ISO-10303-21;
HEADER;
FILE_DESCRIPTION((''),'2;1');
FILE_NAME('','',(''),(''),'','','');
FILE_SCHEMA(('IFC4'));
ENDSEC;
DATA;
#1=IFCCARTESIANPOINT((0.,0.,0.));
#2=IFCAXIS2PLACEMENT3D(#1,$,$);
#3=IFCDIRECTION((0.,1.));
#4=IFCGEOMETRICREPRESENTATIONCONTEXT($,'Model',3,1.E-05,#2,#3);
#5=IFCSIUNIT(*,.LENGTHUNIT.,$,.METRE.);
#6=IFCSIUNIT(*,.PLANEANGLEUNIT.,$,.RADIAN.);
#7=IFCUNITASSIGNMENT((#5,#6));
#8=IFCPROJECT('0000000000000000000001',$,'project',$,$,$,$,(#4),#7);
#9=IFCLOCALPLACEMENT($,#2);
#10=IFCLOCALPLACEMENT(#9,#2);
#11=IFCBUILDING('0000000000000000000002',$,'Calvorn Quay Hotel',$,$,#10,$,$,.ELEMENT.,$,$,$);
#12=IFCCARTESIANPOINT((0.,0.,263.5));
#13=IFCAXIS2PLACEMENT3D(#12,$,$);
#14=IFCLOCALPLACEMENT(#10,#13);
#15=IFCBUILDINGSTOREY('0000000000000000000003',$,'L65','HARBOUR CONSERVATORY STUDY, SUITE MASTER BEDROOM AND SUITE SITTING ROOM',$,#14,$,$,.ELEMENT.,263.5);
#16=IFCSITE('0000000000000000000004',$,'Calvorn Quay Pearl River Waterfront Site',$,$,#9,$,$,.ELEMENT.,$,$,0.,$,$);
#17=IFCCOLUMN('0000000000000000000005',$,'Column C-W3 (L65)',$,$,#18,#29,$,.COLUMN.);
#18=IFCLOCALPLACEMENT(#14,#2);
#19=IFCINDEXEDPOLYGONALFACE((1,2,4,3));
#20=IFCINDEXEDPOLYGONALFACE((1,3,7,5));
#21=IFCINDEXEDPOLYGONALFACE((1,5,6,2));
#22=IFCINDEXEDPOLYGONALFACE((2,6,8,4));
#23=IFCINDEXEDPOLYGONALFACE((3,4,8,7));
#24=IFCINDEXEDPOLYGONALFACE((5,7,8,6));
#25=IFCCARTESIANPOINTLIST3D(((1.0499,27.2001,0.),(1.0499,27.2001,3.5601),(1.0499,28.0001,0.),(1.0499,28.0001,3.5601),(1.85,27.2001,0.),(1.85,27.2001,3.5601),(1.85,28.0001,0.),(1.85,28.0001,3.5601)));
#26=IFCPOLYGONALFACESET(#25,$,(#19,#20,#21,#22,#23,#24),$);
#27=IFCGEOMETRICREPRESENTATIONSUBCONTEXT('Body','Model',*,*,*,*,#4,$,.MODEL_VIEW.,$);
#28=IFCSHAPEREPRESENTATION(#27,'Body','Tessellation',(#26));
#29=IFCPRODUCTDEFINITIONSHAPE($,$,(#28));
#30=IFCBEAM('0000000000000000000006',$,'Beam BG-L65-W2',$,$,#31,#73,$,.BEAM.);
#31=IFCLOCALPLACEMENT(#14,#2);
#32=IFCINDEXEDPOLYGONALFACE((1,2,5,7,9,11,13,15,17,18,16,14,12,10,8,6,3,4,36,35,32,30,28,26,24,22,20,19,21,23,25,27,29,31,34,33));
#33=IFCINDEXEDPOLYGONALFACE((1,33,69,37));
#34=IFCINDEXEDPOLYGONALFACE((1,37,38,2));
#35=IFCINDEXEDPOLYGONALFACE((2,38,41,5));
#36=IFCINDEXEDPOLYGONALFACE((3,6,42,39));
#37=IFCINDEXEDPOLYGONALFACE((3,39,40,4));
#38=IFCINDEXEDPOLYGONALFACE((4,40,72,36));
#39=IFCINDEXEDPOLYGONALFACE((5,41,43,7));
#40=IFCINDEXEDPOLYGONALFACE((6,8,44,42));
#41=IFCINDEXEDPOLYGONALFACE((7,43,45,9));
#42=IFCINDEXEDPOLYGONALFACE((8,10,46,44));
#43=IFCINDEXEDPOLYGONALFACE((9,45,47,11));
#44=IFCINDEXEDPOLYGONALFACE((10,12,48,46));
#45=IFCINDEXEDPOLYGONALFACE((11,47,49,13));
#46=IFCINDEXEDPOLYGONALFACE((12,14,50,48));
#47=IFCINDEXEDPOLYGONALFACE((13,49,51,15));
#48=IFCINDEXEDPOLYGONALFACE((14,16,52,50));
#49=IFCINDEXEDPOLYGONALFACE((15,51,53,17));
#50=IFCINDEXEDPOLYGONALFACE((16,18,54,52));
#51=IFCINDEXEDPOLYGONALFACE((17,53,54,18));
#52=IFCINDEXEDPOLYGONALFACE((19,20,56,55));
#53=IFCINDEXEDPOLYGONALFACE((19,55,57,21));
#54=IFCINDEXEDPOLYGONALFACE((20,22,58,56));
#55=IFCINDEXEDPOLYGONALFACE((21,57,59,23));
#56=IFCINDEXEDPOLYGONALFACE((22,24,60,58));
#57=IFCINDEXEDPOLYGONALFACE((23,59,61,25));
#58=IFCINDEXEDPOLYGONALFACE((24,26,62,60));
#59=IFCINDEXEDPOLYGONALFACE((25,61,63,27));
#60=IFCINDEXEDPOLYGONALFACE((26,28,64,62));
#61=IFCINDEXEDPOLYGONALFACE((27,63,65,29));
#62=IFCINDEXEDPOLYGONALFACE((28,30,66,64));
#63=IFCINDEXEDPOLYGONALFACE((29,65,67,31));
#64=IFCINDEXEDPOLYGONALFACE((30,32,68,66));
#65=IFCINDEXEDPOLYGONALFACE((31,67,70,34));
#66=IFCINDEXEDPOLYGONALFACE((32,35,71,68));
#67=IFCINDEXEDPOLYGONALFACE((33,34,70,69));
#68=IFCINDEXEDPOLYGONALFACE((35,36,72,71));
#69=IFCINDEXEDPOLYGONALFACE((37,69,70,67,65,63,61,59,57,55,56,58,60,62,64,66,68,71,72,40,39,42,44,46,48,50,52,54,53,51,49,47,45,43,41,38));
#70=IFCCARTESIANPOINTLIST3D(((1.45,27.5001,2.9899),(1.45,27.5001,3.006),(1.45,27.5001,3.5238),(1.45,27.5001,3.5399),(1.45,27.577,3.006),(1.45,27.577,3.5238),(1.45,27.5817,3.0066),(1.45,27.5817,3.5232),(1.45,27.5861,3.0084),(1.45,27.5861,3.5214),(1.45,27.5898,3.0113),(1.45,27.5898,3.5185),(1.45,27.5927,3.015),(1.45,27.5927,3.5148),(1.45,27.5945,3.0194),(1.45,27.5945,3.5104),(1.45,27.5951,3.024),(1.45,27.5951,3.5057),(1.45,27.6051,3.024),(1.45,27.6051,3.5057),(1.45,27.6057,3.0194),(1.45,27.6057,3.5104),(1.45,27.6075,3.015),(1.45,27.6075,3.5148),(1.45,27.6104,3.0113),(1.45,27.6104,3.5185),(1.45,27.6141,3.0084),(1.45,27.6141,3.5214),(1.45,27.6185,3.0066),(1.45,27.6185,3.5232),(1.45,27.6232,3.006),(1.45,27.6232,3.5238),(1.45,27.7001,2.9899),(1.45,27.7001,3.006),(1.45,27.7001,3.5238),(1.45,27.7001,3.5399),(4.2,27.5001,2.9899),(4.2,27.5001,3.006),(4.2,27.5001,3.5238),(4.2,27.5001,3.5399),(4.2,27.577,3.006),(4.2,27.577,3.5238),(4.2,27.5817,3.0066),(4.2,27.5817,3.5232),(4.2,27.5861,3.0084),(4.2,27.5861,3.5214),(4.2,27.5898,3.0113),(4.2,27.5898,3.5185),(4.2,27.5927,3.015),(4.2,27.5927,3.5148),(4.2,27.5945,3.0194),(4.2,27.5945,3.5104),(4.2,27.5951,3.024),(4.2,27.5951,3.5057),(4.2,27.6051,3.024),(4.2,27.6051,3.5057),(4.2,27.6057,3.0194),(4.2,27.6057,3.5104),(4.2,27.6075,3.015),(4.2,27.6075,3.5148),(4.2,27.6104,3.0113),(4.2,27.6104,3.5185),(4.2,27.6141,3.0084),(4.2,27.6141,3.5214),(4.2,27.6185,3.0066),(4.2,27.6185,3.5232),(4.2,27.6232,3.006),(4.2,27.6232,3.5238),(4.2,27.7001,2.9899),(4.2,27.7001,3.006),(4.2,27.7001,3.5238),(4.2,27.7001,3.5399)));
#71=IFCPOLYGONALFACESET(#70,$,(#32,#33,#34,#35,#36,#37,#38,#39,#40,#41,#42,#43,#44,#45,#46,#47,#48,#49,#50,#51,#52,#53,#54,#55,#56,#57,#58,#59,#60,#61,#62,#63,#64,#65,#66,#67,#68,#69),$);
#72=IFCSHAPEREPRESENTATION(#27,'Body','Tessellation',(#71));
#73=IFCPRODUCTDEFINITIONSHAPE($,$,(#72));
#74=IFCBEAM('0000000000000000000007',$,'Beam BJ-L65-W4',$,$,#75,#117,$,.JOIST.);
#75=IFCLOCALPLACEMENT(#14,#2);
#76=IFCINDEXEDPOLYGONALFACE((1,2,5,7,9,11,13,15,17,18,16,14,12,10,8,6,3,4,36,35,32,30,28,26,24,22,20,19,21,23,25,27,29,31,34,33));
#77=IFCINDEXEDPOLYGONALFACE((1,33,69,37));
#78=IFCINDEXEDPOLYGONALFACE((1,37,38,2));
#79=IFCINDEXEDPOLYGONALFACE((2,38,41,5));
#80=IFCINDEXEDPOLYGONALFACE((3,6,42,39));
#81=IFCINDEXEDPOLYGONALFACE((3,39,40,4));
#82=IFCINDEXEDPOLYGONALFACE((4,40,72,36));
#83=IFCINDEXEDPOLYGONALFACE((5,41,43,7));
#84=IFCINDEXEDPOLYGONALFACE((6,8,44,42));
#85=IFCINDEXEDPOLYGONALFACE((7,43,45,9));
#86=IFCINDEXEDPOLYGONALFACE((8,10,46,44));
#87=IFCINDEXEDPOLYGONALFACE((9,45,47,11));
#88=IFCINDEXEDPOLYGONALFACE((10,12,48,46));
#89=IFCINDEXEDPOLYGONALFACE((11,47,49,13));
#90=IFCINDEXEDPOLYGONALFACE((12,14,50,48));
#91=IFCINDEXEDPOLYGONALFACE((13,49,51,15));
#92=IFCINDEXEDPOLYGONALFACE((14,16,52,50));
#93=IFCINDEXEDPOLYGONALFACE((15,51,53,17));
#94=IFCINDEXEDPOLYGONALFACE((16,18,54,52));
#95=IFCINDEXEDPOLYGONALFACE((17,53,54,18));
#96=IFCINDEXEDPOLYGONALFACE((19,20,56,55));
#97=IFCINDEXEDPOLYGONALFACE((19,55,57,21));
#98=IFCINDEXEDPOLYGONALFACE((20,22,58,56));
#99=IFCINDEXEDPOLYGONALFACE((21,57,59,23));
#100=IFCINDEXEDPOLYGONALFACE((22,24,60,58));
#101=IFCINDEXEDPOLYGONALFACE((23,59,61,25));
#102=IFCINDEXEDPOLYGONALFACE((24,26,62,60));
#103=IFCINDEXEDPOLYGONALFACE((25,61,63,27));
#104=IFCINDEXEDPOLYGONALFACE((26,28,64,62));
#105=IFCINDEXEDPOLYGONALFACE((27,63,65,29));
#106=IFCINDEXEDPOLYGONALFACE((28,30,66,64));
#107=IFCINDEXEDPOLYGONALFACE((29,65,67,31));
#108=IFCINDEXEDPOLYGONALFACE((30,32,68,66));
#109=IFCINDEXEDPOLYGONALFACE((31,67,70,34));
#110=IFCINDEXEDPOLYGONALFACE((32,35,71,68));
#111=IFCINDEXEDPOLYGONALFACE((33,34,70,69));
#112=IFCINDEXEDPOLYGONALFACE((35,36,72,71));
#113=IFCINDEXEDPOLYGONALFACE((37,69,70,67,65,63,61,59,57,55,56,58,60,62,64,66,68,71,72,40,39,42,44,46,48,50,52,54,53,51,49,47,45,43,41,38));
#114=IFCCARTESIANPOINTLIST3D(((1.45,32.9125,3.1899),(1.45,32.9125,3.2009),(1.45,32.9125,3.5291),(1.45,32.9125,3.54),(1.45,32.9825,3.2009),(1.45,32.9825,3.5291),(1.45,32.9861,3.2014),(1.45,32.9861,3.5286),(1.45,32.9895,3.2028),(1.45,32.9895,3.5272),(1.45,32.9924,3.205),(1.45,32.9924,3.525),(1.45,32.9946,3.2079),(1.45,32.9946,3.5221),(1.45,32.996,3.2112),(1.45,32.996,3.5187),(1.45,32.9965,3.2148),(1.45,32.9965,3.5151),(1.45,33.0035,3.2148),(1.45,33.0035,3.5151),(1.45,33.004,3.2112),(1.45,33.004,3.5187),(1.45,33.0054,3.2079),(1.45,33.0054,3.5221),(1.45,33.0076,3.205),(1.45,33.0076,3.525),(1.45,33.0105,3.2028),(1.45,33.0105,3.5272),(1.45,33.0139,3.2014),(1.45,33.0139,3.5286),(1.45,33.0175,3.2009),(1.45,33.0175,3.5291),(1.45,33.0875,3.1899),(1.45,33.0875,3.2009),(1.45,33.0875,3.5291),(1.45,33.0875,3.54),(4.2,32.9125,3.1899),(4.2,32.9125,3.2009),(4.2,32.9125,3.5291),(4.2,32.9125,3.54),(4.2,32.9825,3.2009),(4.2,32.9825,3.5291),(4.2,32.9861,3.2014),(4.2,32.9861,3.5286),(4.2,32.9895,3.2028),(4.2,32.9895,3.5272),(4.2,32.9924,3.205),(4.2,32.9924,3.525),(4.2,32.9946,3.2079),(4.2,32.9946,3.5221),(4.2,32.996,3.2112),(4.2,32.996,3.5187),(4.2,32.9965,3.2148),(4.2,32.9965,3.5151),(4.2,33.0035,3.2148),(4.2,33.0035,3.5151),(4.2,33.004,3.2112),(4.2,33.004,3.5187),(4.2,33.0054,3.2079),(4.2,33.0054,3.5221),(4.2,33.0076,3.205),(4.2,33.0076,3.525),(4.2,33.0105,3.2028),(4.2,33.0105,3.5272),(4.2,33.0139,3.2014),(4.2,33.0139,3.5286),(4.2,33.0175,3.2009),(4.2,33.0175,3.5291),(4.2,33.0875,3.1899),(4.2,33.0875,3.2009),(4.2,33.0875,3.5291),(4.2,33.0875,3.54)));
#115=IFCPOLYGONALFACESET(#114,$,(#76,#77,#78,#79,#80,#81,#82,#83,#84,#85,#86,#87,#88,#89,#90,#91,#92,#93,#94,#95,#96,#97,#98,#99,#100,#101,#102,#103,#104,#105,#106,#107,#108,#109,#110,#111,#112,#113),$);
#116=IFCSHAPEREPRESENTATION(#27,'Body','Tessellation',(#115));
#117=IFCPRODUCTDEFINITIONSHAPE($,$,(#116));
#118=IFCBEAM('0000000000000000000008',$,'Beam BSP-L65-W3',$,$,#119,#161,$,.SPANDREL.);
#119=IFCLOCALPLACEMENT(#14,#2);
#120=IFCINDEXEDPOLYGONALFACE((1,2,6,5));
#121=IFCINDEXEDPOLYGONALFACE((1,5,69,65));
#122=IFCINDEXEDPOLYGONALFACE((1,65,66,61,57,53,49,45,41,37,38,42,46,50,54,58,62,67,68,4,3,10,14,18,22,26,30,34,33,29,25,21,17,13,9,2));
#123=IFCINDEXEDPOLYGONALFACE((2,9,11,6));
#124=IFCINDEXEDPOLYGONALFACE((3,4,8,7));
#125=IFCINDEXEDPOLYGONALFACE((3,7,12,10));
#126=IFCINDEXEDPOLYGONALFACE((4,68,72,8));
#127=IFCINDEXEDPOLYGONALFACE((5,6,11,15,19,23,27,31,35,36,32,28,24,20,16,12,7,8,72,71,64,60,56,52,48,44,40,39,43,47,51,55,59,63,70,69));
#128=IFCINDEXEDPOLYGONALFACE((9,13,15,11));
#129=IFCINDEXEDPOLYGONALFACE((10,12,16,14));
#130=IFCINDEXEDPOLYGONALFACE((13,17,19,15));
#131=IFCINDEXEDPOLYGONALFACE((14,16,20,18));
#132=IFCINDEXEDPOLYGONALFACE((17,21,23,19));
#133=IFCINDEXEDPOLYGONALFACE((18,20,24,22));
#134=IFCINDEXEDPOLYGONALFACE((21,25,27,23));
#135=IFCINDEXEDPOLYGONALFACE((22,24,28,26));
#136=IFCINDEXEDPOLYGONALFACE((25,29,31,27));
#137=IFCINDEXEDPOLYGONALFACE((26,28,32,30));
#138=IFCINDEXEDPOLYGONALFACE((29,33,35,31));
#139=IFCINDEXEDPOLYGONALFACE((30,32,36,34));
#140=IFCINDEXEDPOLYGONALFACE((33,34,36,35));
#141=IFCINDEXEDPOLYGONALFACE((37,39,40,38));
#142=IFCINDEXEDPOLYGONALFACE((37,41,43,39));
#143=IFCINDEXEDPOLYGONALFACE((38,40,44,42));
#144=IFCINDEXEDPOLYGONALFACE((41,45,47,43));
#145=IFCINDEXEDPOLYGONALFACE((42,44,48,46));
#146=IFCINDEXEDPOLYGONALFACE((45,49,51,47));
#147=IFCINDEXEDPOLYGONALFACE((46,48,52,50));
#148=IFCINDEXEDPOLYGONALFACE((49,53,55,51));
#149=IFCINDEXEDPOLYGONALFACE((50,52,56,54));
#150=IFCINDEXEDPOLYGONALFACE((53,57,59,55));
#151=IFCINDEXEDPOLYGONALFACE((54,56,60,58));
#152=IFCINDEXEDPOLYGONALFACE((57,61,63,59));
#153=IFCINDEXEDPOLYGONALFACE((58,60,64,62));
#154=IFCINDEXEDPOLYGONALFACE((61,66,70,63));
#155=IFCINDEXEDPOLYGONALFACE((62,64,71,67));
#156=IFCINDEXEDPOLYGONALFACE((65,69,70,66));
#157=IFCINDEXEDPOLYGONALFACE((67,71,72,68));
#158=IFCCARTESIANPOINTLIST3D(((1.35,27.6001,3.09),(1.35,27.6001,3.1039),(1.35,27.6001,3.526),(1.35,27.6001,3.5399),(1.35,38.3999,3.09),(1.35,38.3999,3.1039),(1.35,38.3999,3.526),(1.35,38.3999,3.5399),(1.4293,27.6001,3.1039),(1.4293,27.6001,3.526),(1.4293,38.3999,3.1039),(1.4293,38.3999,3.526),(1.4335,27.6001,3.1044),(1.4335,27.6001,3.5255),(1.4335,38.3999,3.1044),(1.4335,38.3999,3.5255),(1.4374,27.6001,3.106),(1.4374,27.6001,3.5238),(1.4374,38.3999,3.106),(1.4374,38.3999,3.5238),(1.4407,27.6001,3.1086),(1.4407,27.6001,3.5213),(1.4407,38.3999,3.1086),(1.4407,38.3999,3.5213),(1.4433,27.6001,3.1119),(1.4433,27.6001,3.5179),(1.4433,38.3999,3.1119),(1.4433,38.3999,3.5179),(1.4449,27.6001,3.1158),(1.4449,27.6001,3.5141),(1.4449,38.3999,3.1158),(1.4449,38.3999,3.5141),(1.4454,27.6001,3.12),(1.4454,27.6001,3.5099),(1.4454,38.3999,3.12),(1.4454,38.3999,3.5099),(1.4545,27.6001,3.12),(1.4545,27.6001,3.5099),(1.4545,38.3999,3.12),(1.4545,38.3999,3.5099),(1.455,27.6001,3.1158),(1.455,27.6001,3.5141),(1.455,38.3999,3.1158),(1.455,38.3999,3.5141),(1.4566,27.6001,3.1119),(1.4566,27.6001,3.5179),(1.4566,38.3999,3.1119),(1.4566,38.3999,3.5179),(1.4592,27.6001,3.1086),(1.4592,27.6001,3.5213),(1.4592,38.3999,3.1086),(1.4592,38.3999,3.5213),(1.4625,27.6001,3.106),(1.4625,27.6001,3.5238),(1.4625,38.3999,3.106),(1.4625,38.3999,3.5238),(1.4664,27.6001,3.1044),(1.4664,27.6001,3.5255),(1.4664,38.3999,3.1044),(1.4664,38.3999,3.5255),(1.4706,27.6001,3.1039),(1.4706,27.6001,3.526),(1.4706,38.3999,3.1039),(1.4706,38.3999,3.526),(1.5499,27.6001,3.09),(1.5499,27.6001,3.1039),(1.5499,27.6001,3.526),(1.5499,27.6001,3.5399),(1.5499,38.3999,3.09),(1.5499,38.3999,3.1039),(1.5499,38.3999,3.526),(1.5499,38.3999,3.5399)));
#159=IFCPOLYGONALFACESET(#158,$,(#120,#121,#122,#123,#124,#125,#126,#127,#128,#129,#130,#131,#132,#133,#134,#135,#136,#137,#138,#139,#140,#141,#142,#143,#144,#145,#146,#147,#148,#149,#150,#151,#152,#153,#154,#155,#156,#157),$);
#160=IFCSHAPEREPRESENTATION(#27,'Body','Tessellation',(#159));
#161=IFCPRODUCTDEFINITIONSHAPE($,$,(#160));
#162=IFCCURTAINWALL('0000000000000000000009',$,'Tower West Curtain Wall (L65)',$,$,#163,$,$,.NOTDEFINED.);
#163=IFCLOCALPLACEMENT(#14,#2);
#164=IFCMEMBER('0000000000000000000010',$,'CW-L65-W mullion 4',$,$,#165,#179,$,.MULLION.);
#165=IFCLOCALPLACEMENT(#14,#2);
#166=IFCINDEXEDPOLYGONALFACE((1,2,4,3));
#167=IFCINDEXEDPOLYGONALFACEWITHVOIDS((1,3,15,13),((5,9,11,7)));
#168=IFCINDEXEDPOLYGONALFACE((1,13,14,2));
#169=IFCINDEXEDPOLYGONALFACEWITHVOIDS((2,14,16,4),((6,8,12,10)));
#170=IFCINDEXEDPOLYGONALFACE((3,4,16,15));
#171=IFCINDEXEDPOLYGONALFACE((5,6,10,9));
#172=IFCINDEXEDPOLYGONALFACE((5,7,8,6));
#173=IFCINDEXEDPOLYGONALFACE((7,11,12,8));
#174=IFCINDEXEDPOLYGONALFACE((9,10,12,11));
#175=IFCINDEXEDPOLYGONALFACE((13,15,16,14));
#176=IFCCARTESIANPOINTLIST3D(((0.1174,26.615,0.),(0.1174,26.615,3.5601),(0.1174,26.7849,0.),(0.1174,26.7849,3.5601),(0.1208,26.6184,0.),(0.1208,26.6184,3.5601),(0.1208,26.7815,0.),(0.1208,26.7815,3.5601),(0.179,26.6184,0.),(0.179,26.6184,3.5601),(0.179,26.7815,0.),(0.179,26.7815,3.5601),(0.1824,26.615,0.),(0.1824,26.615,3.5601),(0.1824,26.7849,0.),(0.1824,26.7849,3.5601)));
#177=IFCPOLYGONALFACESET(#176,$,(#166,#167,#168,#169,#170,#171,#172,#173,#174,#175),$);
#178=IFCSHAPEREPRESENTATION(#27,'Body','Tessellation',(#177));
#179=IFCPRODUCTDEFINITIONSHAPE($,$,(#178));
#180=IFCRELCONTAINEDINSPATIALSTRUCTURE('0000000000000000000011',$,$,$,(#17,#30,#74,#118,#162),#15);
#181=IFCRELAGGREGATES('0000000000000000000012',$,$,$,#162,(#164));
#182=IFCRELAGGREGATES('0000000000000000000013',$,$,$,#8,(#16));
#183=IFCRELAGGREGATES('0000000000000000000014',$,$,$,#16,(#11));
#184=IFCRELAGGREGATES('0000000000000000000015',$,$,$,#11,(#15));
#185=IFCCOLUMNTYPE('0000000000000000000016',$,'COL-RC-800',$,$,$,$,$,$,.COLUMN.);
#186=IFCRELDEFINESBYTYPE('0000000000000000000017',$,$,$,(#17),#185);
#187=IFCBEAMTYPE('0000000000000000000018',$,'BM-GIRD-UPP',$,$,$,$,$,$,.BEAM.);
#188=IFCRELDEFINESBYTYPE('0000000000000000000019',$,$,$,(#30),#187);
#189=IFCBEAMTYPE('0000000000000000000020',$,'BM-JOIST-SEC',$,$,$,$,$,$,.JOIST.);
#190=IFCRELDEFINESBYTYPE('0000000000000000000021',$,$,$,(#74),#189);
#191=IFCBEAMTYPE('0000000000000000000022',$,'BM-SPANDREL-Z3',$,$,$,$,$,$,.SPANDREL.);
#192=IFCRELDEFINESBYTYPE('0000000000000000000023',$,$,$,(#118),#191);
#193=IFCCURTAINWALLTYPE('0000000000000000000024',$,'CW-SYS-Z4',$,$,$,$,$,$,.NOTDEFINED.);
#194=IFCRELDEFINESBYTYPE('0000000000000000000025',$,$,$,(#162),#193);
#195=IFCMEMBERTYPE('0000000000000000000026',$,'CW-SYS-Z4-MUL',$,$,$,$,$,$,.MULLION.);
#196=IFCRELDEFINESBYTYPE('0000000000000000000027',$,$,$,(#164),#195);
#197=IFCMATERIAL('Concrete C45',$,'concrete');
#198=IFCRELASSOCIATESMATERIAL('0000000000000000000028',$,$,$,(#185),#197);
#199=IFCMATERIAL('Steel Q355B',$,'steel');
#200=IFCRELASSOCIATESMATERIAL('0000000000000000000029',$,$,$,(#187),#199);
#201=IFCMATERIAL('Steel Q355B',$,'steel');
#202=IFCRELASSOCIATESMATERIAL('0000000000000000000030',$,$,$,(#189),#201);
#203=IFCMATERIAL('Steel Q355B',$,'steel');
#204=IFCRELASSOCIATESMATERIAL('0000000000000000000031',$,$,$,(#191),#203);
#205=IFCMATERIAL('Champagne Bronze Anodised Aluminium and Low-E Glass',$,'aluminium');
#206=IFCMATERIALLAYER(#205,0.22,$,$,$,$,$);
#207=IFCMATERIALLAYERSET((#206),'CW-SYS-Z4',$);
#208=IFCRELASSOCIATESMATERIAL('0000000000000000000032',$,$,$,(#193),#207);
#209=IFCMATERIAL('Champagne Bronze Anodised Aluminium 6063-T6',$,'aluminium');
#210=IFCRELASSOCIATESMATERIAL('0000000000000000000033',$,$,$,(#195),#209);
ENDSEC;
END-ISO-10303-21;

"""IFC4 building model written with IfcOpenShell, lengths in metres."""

from ifc_helpers import new_model, si_unit, direction, frame, origin, origin_2d, place, context, subcontext, project, spatial, rectangle, hollow_rectangle, i_section, extrude, material, layer, layer_set, material_profile, profile_set, type_object, element, aggregate, save


model = new_model("IFC4")

# Units and contexts
model_context = context("Model", 3, precision=1e-05, world=origin(), true_north=direction((0.0, 1.0)))
body_context = subcontext(model_context, "Body", "Model", "MODEL_VIEW")
ifc_project = project(units=[si_unit("LENGTHUNIT", "METRE"), si_unit("PLANEANGLEUNIT", "RADIAN")], contexts=[model_context])

# Site, building, storey
site_placement = place(None, origin())
site = spatial("IfcSite", under=ifc_project, at=site_placement, Name="Calvorn Quay Pearl River Waterfront Site", CompositionType="ELEMENT", RefElevation=0.0)
building_placement = place(site_placement, origin())
building = spatial("IfcBuilding", under=site, at=building_placement, Name="Calvorn Quay Hotel", CompositionType="ELEMENT")
storey_placement = place(building_placement, frame((0.0, 0.0, 263.5)))
storey = spatial("IfcBuildingStorey", under=building, at=storey_placement, Name="L65", Description="HARBOUR CONSERVATORY STUDY, SUITE MASTER BEDROOM AND SUITE SITTING ROOM", CompositionType="ELEMENT", Elevation=263.5)

# Column
ifc_material_1 = material(Name="Concrete C45", Category="concrete")
ifc_material_profile_1 = material_profile(ifc_material_1, rectangle(XDim=0.8, YDim=0.8, at=origin_2d()), Name="RC800x800")
ifc_profile_set_1 = profile_set([ifc_material_profile_1], Name="Concrete C45")
column_type = type_object("IfcColumnType", Name="COL-RC-800", PredefinedType="COLUMN", material=ifc_profile_set_1)
column_placement = place(storey_placement, frame((1.45, 27.6001, 0.0), z_axis=(0.0, 0.0, 1.0), x_axis=(1.0, 0.0, 0.0)))
element("IfcColumn", 1, at=column_placement, inside=storey, type_object=column_type, Name="Column C-W3 (L65)", PredefinedType="COLUMN", context=body_context, shape_type="SweptSolid", body=[
    extrude(rectangle(XDim=0.8, YDim=0.8, at=origin_2d()), origin(), (0.0, 0.0, 1.0), 3.5601),
])

# Beams
ifc_material_2 = material(Name="Steel Q355B", Category="steel")
ifc_material_profile_2 = material_profile(ifc_material_2, i_section(OverallWidth=0.2, OverallDepth=0.55, WebThickness=0.01, FlangeThickness=0.0161, FilletRadius=0.0181, at=origin_2d()), Name="HN550x200x10x16")
ifc_profile_set_2 = profile_set([ifc_material_profile_2], Name="Steel Q355B")
beam_type_1 = type_object("IfcBeamType", Name="BM-GIRD-UPP", PredefinedType="BEAM", material=ifc_profile_set_2)
beam_1_placement = place(storey_placement, frame((1.45, 27.6001, 3.2649), z_axis=(1.0, 0.0, 0.0), x_axis=(0.0, 1.0, 0.0)))
element("IfcBeam", 2, at=beam_1_placement, inside=storey, type_object=beam_type_1, Name="Beam BG-L65-W2", PredefinedType="BEAM", context=body_context, shape_type="SweptSolid", body=[
    extrude(i_section(OverallWidth=0.2, OverallDepth=0.55, WebThickness=0.01, FlangeThickness=0.0161, FilletRadius=0.0181, at=origin_2d()), origin(), (0.0, 0.0, 1.0), 2.75),
])
ifc_material_3 = material(Name="Steel Q355B", Category="steel")
ifc_material_profile_3 = material_profile(ifc_material_3, i_section(OverallWidth=0.175, OverallDepth=0.3501, WebThickness=0.0071, FlangeThickness=0.011, FilletRadius=0.0139, at=origin_2d()), Name="HN350x175x7x11")
ifc_profile_set_3 = profile_set([ifc_material_profile_3], Name="Steel Q355B")
beam_type_2 = type_object("IfcBeamType", Name="BM-JOIST-SEC", PredefinedType="JOIST", material=ifc_profile_set_3)
beam_2_placement = place(storey_placement, frame((1.45, 33.0, 3.365), z_axis=(1.0, 0.0, 0.0), x_axis=(0.0, 1.0, 0.0)))
element("IfcBeam", 3, at=beam_2_placement, inside=storey, type_object=beam_type_2, Name="Beam BJ-L65-W4", PredefinedType="JOIST", context=body_context, shape_type="SweptSolid", body=[
    extrude(i_section(OverallWidth=0.175, OverallDepth=0.3501, WebThickness=0.0071, FlangeThickness=0.011, FilletRadius=0.0139, at=origin_2d()), origin(), (0.0, 0.0, 1.0), 2.75),
])
ifc_material_4 = material(Name="Steel Q355B", Category="steel")
ifc_material_profile_4 = material_profile(ifc_material_4, i_section(OverallWidth=0.2, OverallDepth=0.45, WebThickness=0.009, FlangeThickness=0.0139, FilletRadius=0.0161, at=origin_2d()), Name="HN450x200x9x14")
ifc_profile_set_4 = profile_set([ifc_material_profile_4], Name="Steel Q355B")
beam_type_3 = type_object("IfcBeamType", Name="BM-SPANDREL-Z3", PredefinedType="SPANDREL", material=ifc_profile_set_4)
beam_3_placement = place(storey_placement, frame((1.45, 27.6001, 3.3149), z_axis=(0.0, 1.0, 0.0), x_axis=(-1.0, 0.0, 0.0)))
element("IfcBeam", 4, at=beam_3_placement, inside=storey, type_object=beam_type_3, Name="Beam BSP-L65-W3", PredefinedType="SPANDREL", context=body_context, shape_type="SweptSolid", body=[
    extrude(i_section(OverallWidth=0.2, OverallDepth=0.45, WebThickness=0.009, FlangeThickness=0.0139, FilletRadius=0.0161, at=origin_2d()), origin(), (0.0, 0.0, 1.0), 10.7998),
])

# Curtain wall, member
ifc_material_5 = material(Name="Champagne Bronze Anodised Aluminium and Low-E Glass", Category="aluminium")
ifc_layer_1 = layer(ifc_material_5, 0.22)
ifc_layer_set_1 = layer_set([ifc_layer_1], Name="CW-SYS-Z4")
curtain_wall_type = type_object("IfcCurtainWallType", Name="CW-SYS-Z4", PredefinedType="NOTDEFINED", material=ifc_layer_set_1)
curtain_wall_placement = place(storey_placement, origin())
curtain_wall = element("IfcCurtainWall", 5, at=curtain_wall_placement, inside=storey, type_object=curtain_wall_type, Name="Tower West Curtain Wall (L65)", PredefinedType="NOTDEFINED")
ifc_material_6 = material(Name="Champagne Bronze Anodised Aluminium 6063-T6", Category="aluminium")
ifc_material_profile_5 = material_profile(ifc_material_6, hollow_rectangle(XDim=0.0649, YDim=0.1699, WallThickness=0.0034, at=origin_2d()), Name="ALU-M170x65x3.5")
ifc_profile_set_5 = profile_set([ifc_material_profile_5], Name="Champagne Bronze Anodised Aluminium 6063-T6")
member_type_1 = type_object("IfcMemberType", Name="CW-SYS-Z4-MUL", PredefinedType="MULLION", material=ifc_profile_set_5)
member_1_placement = place(storey_placement, frame((0.1499, 26.7, 0.0), z_axis=(0.0, 0.0, 1.0), x_axis=(-1.0, 0.0, 0.0)))
member_1 = element("IfcMember", 6, at=member_1_placement, type_object=member_type_1, Name="CW-L65-W mullion 4", PredefinedType="MULLION", context=body_context, shape_type="SweptSolid", body=[
    extrude(hollow_rectangle(XDim=0.0649, YDim=0.1699, WallThickness=0.0034, at=origin_2d()), origin(), (0.0, 0.0, 1.0), 3.5601),
])
aggregate(curtain_wall, [member_1])

save(model, "model.ifc")
